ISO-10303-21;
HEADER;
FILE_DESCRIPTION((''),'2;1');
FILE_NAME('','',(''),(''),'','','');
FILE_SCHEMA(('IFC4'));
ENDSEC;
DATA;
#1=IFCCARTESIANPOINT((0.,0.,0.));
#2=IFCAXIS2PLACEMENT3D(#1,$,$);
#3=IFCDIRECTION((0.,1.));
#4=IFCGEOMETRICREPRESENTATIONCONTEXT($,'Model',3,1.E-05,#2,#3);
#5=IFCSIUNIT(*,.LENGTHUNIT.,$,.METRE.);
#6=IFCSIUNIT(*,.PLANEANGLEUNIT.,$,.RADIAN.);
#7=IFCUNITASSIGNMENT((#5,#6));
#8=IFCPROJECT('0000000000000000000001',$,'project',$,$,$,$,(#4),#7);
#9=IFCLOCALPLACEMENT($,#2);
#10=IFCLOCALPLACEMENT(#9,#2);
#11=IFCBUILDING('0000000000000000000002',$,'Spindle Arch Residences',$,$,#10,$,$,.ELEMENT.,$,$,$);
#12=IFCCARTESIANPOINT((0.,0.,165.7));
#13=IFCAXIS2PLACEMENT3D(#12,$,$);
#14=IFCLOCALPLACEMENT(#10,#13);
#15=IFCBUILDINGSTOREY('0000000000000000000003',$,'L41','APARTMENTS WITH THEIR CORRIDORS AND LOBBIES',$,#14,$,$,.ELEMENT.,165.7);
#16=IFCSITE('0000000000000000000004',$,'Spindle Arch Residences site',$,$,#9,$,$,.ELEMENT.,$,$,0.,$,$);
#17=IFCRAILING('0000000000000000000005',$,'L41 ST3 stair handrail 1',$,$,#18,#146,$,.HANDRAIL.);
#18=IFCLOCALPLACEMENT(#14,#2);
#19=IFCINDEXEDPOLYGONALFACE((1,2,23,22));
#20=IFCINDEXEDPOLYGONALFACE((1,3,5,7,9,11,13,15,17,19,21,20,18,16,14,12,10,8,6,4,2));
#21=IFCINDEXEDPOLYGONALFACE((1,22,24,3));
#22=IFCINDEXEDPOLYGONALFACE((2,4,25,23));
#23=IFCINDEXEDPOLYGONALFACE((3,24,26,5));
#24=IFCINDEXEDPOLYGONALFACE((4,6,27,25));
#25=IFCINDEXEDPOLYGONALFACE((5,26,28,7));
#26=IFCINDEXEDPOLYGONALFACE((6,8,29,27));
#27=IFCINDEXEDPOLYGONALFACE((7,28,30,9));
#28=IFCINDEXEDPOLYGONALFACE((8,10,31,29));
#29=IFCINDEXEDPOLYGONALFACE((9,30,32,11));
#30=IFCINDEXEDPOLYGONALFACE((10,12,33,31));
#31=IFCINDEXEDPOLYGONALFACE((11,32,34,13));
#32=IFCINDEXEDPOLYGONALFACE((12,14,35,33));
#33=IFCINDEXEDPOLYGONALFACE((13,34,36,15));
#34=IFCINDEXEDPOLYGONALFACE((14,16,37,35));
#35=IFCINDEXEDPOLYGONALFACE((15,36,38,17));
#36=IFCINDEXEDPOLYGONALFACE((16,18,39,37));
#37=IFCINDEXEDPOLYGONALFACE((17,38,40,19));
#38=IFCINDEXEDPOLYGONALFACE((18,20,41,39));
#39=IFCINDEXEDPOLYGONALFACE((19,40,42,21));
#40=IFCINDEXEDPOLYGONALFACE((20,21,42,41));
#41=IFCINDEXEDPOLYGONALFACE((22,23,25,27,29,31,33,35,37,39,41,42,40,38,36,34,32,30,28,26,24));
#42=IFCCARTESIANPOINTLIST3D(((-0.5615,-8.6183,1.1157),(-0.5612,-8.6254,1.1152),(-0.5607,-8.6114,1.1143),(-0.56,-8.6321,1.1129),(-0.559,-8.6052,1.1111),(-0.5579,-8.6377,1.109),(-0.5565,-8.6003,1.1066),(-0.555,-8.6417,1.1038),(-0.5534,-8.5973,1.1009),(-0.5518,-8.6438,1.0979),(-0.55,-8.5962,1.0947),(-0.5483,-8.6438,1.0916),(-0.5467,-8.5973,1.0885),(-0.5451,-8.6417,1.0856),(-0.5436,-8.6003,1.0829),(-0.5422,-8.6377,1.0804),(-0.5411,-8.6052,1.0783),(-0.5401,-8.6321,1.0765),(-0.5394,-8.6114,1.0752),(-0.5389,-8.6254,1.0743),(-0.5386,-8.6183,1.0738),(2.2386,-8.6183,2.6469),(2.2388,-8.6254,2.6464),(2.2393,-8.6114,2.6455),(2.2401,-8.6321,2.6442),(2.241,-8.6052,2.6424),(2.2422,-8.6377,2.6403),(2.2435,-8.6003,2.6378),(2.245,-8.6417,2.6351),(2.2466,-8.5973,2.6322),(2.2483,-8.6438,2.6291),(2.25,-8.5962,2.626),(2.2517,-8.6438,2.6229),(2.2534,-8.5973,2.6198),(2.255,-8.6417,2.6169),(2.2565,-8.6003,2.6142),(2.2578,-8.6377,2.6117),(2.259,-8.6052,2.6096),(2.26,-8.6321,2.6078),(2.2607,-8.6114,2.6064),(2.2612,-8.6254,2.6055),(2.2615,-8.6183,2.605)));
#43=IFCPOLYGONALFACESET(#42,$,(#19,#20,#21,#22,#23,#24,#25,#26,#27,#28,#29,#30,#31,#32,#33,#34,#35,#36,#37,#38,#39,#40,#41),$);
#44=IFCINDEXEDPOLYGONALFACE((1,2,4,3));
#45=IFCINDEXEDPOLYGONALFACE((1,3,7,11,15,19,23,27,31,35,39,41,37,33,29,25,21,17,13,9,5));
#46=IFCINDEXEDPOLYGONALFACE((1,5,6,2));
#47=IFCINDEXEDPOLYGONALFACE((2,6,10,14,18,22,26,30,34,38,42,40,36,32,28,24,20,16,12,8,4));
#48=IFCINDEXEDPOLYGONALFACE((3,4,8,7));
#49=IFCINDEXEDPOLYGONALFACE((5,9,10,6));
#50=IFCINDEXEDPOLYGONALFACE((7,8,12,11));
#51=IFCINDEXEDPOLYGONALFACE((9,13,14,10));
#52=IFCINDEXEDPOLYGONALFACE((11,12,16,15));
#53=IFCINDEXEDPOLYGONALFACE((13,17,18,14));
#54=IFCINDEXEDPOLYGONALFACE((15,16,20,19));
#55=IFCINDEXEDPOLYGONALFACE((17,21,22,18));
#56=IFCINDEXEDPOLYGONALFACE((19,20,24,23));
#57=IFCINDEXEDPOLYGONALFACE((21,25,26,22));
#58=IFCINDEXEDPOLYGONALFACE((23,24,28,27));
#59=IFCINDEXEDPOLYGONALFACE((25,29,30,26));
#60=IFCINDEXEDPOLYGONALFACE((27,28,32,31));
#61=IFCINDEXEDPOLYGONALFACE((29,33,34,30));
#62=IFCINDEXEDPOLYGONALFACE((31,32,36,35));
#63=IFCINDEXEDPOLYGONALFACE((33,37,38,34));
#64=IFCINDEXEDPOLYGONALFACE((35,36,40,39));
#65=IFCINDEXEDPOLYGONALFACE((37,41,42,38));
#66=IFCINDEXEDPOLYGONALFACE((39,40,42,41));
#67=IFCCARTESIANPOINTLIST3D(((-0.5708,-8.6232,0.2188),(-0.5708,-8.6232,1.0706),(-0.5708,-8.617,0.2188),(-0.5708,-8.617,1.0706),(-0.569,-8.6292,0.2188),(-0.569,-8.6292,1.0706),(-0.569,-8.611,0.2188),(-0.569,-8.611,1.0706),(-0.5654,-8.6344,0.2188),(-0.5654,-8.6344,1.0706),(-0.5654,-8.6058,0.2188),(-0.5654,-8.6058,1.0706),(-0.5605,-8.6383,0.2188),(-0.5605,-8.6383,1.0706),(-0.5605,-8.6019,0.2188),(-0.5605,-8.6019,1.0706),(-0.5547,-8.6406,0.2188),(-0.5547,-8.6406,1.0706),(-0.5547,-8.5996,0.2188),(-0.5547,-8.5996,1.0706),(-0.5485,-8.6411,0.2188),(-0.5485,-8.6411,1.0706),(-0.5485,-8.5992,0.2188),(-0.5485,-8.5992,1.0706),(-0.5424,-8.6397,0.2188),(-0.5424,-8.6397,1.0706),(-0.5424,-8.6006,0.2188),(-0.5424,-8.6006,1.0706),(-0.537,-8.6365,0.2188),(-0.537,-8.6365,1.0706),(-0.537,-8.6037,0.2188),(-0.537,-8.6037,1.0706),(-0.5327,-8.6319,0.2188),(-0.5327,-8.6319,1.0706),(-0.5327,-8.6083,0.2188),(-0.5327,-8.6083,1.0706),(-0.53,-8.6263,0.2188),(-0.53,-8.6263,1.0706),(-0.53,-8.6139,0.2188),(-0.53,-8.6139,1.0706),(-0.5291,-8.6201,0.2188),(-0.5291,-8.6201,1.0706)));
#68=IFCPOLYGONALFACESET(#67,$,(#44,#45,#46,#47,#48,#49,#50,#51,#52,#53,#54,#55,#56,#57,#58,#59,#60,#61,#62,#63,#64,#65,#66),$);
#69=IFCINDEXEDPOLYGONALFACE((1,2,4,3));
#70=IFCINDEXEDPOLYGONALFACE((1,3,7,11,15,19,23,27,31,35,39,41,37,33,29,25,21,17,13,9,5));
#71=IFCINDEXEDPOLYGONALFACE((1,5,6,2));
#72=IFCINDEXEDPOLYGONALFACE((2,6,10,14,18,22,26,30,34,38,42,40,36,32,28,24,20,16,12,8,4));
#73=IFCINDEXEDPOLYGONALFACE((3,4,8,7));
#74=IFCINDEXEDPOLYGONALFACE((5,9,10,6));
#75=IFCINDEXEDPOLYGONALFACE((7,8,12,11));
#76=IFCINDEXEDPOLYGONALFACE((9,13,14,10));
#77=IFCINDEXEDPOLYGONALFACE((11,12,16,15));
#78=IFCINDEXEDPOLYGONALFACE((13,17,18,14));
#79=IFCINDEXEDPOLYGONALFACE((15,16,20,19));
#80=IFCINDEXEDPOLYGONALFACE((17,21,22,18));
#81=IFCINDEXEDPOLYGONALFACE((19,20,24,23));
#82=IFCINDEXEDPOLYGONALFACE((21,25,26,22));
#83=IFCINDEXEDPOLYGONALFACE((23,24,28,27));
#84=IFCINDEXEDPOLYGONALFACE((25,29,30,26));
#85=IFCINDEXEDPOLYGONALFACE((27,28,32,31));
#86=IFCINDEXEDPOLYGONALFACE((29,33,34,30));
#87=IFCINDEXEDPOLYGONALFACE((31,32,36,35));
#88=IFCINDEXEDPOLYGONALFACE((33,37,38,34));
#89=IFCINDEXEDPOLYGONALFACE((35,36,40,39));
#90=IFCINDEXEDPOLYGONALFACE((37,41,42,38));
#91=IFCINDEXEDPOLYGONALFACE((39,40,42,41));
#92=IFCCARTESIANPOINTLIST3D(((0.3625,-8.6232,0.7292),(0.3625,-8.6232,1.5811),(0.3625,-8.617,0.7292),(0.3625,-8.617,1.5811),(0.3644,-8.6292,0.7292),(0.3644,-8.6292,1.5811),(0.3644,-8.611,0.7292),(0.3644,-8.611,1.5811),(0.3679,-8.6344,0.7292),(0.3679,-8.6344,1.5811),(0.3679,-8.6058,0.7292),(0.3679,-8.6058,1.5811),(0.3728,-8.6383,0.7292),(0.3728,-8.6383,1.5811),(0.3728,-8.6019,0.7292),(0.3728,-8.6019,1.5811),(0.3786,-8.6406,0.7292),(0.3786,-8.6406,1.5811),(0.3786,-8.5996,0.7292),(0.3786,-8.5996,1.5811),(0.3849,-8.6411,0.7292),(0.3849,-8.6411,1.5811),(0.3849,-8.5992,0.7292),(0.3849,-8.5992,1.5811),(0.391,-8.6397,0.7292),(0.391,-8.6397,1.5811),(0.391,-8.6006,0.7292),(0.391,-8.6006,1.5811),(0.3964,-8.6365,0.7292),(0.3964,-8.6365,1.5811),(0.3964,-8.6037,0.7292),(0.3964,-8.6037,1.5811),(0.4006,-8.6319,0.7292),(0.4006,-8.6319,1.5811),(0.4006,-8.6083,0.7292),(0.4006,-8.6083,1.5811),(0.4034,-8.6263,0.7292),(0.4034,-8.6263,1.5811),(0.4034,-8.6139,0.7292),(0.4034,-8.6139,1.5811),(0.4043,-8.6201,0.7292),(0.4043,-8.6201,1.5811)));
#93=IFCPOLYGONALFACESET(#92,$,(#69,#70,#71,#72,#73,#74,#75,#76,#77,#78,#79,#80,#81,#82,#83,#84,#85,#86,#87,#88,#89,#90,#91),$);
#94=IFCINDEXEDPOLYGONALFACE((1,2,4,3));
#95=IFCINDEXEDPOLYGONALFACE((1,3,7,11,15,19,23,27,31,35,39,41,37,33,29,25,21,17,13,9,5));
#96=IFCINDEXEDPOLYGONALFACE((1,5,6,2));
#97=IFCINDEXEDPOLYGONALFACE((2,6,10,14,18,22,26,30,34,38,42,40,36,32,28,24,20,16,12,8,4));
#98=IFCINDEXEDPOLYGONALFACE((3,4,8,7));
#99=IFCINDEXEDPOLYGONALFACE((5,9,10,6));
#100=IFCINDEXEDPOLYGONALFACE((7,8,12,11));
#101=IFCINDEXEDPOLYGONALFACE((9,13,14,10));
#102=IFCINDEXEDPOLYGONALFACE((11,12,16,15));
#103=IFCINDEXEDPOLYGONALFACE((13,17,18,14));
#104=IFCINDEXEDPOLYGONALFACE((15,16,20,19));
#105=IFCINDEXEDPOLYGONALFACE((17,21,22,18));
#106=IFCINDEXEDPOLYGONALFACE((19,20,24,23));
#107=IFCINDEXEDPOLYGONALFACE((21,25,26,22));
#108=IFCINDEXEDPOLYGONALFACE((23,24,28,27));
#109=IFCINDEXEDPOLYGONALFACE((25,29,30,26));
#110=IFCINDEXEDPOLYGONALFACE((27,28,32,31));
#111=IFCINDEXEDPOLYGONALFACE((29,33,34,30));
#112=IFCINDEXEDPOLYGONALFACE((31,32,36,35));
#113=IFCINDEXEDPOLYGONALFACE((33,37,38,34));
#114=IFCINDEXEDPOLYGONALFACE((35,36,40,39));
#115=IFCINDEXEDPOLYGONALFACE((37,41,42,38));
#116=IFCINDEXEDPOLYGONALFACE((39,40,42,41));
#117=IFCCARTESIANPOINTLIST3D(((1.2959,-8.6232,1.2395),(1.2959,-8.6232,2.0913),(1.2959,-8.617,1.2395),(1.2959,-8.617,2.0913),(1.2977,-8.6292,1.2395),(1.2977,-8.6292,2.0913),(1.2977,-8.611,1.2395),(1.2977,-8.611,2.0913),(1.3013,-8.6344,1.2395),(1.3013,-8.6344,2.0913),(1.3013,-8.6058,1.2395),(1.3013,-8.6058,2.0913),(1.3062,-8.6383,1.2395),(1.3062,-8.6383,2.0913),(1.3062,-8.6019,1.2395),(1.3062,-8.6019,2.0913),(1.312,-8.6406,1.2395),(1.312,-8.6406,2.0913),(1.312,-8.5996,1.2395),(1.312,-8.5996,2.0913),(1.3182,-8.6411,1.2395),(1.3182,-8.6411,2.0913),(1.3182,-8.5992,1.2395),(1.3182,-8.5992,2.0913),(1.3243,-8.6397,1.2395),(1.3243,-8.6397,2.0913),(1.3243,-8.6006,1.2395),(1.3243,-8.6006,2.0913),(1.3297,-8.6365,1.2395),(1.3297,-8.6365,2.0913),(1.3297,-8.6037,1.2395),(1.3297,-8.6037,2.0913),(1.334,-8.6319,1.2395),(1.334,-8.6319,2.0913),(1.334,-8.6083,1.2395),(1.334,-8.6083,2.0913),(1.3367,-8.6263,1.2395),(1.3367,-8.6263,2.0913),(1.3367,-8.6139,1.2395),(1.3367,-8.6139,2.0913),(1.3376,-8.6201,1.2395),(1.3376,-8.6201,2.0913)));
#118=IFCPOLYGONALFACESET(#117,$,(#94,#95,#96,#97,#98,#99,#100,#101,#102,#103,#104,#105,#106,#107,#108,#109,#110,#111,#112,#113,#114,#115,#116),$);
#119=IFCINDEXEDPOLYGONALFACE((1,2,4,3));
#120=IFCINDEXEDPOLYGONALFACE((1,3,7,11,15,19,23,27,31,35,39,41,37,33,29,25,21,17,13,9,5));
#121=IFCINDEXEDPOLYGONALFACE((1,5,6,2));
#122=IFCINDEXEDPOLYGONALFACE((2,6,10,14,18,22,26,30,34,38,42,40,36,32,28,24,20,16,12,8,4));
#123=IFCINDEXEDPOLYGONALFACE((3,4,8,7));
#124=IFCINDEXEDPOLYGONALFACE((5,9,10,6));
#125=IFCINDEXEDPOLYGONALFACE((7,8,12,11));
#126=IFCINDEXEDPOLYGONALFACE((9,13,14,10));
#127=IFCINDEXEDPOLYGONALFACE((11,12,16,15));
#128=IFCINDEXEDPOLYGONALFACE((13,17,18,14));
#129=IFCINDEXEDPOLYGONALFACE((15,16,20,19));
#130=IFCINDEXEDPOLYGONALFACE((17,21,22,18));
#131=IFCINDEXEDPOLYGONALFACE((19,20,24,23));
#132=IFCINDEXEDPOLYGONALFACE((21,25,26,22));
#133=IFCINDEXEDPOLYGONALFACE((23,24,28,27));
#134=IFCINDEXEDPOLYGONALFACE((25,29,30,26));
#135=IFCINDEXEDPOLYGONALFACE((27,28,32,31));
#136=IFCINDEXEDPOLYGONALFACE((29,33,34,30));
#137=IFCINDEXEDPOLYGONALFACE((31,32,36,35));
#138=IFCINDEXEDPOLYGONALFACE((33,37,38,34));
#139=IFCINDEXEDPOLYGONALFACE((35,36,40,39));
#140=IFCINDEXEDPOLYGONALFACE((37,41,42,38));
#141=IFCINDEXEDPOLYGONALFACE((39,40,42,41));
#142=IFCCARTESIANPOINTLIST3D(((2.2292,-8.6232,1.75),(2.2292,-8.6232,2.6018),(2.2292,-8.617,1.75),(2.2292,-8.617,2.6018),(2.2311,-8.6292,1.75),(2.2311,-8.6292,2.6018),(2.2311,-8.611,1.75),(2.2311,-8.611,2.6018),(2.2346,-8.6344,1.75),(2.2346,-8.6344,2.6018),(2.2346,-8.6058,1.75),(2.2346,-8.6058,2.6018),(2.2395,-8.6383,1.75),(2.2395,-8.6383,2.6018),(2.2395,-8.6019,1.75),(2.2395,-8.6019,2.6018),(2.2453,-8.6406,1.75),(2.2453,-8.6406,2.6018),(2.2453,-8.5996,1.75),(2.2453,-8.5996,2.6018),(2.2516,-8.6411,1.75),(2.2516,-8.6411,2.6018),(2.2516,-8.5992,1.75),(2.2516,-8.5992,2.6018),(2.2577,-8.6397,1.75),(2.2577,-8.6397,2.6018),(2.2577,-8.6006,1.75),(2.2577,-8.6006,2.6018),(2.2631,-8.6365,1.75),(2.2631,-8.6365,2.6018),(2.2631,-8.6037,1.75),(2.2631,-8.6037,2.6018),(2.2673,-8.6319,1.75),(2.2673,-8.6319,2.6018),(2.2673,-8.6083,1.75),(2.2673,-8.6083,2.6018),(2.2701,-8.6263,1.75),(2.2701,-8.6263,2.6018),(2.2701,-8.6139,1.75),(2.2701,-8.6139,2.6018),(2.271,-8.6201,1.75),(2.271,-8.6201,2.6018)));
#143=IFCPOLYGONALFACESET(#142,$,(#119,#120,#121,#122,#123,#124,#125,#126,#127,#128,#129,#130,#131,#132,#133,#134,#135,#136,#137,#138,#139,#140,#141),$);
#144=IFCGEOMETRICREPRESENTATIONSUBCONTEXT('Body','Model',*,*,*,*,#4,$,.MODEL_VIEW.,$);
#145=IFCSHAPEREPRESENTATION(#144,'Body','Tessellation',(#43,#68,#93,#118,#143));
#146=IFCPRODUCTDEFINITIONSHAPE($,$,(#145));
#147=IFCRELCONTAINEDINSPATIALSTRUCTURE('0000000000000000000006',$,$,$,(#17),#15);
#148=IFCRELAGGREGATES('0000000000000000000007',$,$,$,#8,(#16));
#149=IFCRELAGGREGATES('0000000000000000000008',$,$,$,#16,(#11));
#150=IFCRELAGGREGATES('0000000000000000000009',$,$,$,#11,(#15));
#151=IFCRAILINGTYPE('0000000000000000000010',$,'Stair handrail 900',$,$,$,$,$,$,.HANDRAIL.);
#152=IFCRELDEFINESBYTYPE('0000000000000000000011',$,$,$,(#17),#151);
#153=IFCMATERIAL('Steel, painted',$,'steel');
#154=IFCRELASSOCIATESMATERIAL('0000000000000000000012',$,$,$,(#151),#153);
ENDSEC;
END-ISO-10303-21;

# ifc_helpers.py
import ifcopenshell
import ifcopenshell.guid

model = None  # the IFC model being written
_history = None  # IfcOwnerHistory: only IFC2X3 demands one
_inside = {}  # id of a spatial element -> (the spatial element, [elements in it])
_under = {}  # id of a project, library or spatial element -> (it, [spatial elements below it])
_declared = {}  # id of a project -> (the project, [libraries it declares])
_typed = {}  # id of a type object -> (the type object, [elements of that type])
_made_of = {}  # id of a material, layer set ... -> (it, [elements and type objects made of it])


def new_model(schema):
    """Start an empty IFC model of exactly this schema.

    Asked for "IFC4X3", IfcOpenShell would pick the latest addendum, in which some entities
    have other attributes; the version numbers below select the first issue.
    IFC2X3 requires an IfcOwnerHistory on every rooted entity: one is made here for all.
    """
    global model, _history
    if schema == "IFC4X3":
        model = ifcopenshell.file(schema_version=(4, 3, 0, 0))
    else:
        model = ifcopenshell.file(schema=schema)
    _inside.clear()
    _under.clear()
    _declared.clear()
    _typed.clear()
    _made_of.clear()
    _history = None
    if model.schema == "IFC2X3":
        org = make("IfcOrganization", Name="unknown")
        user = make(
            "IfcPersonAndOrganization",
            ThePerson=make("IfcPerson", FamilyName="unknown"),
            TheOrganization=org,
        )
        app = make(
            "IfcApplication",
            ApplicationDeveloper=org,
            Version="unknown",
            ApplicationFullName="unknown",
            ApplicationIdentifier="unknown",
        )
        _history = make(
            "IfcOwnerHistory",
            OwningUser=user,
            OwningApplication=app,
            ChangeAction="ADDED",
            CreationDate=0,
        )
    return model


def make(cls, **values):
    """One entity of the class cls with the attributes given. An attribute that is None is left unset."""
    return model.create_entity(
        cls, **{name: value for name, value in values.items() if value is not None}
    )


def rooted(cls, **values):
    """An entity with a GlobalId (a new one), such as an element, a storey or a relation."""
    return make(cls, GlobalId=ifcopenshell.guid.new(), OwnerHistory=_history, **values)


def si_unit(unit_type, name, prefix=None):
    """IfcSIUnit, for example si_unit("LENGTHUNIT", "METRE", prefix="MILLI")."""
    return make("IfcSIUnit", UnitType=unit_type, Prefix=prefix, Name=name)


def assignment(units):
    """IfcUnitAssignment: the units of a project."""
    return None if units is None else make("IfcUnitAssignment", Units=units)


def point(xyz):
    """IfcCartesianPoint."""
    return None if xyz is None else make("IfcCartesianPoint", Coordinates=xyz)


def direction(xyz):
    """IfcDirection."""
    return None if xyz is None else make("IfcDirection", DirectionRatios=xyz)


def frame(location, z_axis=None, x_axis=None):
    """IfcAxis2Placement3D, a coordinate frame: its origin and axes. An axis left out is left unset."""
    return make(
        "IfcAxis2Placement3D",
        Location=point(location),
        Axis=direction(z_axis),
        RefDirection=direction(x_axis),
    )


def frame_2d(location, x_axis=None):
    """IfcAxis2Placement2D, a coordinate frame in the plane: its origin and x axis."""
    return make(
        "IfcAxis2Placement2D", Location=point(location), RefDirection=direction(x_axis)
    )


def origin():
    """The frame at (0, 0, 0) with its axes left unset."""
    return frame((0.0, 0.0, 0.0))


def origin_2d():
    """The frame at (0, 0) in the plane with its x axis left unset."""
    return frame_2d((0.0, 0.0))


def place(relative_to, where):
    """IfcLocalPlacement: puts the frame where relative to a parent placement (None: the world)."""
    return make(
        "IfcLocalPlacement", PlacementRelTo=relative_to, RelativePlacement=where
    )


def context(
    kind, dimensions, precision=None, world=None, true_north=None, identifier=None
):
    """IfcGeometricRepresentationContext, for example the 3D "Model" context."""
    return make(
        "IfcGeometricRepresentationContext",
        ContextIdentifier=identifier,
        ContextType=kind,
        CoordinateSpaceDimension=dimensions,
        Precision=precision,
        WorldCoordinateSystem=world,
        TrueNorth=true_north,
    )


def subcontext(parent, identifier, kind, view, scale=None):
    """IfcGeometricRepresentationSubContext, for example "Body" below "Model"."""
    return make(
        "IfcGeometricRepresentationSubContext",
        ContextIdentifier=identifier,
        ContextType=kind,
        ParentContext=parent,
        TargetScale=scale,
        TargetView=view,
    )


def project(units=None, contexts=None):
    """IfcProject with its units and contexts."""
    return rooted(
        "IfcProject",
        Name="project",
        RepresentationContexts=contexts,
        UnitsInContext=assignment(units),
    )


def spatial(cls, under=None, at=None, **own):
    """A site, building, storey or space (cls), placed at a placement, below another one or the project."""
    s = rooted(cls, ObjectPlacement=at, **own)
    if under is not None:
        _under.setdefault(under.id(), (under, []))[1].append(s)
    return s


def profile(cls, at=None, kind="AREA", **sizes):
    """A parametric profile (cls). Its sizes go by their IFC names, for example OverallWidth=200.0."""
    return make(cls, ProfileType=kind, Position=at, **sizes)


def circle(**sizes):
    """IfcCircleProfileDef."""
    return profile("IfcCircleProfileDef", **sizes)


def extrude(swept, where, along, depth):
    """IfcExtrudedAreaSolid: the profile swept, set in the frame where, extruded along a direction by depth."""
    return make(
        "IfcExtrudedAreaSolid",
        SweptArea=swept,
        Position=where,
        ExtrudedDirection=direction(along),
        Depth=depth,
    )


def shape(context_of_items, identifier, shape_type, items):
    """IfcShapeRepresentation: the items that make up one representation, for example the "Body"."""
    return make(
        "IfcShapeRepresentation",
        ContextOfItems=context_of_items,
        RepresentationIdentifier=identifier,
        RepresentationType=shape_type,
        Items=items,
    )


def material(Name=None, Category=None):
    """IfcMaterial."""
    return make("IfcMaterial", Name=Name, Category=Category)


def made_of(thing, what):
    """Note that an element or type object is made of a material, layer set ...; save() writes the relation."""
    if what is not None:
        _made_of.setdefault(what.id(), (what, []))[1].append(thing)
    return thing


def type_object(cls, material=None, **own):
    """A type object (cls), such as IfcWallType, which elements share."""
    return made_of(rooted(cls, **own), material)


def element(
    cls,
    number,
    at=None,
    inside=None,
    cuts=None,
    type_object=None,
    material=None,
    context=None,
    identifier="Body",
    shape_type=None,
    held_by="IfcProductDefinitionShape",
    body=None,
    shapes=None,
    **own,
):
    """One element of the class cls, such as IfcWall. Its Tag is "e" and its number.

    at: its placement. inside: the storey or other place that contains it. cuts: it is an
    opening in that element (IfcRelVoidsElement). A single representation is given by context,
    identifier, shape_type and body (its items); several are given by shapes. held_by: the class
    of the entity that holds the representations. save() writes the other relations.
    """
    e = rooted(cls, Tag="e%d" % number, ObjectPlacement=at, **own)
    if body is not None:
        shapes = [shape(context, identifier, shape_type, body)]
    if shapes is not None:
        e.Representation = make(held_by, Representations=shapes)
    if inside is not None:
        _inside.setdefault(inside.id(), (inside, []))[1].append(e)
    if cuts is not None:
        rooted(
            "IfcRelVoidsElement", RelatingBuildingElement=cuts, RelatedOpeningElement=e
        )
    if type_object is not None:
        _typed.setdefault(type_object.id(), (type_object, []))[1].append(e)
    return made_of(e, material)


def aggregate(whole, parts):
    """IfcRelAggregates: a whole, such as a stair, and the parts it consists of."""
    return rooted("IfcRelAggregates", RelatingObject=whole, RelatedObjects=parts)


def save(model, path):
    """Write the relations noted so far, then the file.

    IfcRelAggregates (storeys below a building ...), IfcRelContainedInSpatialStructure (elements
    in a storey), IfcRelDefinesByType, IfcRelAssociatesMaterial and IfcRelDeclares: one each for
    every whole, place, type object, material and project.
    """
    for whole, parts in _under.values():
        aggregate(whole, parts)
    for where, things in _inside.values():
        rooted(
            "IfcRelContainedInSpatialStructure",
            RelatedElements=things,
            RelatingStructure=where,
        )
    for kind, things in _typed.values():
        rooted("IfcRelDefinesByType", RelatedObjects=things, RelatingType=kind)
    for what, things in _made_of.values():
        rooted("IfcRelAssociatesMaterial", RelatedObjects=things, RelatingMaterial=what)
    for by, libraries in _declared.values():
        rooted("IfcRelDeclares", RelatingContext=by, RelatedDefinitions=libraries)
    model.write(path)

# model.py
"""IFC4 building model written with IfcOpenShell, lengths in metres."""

from ifc_helpers import new_model, si_unit, direction, frame, origin, origin_2d, place, context, subcontext, project, spatial, circle, extrude, material, type_object, element, save


model = new_model("IFC4")

# Units and contexts
model_context = context("Model", 3, precision=1e-05, world=origin(), true_north=direction((0.0, 1.0)))
body_context = subcontext(model_context, "Body", "Model", "MODEL_VIEW")
ifc_project = project(units=[si_unit("LENGTHUNIT", "METRE"), si_unit("PLANEANGLEUNIT", "RADIAN")], contexts=[model_context])

# Site, building, storey
site_placement = place(None, origin())
site = spatial("IfcSite", under=ifc_project, at=site_placement, Name="Spindle Arch Residences site", CompositionType="ELEMENT", RefElevation=0.0)
building_placement = place(site_placement, origin())
building = spatial("IfcBuilding", under=site, at=building_placement, Name="Spindle Arch Residences", CompositionType="ELEMENT")
storey_placement = place(building_placement, frame((0.0, 0.0, 165.7)))
storey = spatial("IfcBuildingStorey", under=building, at=storey_placement, Name="L41", Description="APARTMENTS WITH THEIR CORRIDORS AND LOBBIES", CompositionType="ELEMENT", Elevation=165.7)

# Railing
ifc_material_1 = material(Name="Steel, painted", Category="steel")
railing_type_1 = type_object("IfcRailingType", Name="Stair handrail 900", PredefinedType="HANDRAIL", material=ifc_material_1)
railing_1_placement = place(storey_placement, frame((-0.55, -8.6201, 0.2188)))
element("IfcRailing", 1, at=railing_1_placement, inside=storey, type_object=railing_type_1, Name="L41 ST3 stair handrail 1", PredefinedType="HANDRAIL", context=body_context, shape_type="SweptSolid", body=[
    extrude(circle(Radius=0.0239, at=origin_2d()), frame((0.0, 0.0, 0.876), z_axis=(0.877375, 0.0, 0.479806), x_axis=(0.0, 1.0, 0.0)), (0.0, 0.0, 1.0), 3.1914),
    extrude(circle(Radius=0.021, at=origin_2d()), origin(), (0.0, 0.0, 1.0), 0.8518),
    extrude(circle(Radius=0.021, at=origin_2d()), frame((0.9333, 0.0, 0.5105)), (0.0, 0.0, 1.0), 0.8518),
    extrude(circle(Radius=0.021, at=origin_2d()), frame((1.8667, 0.0, 1.0208)), (0.0, 0.0, 1.0), 0.8518),
    extrude(circle(Radius=0.021, at=origin_2d()), frame((2.8, 0.0, 1.5312)), (0.0, 0.0, 1.0), 0.8518),
])

save(model, "model.ifc")
